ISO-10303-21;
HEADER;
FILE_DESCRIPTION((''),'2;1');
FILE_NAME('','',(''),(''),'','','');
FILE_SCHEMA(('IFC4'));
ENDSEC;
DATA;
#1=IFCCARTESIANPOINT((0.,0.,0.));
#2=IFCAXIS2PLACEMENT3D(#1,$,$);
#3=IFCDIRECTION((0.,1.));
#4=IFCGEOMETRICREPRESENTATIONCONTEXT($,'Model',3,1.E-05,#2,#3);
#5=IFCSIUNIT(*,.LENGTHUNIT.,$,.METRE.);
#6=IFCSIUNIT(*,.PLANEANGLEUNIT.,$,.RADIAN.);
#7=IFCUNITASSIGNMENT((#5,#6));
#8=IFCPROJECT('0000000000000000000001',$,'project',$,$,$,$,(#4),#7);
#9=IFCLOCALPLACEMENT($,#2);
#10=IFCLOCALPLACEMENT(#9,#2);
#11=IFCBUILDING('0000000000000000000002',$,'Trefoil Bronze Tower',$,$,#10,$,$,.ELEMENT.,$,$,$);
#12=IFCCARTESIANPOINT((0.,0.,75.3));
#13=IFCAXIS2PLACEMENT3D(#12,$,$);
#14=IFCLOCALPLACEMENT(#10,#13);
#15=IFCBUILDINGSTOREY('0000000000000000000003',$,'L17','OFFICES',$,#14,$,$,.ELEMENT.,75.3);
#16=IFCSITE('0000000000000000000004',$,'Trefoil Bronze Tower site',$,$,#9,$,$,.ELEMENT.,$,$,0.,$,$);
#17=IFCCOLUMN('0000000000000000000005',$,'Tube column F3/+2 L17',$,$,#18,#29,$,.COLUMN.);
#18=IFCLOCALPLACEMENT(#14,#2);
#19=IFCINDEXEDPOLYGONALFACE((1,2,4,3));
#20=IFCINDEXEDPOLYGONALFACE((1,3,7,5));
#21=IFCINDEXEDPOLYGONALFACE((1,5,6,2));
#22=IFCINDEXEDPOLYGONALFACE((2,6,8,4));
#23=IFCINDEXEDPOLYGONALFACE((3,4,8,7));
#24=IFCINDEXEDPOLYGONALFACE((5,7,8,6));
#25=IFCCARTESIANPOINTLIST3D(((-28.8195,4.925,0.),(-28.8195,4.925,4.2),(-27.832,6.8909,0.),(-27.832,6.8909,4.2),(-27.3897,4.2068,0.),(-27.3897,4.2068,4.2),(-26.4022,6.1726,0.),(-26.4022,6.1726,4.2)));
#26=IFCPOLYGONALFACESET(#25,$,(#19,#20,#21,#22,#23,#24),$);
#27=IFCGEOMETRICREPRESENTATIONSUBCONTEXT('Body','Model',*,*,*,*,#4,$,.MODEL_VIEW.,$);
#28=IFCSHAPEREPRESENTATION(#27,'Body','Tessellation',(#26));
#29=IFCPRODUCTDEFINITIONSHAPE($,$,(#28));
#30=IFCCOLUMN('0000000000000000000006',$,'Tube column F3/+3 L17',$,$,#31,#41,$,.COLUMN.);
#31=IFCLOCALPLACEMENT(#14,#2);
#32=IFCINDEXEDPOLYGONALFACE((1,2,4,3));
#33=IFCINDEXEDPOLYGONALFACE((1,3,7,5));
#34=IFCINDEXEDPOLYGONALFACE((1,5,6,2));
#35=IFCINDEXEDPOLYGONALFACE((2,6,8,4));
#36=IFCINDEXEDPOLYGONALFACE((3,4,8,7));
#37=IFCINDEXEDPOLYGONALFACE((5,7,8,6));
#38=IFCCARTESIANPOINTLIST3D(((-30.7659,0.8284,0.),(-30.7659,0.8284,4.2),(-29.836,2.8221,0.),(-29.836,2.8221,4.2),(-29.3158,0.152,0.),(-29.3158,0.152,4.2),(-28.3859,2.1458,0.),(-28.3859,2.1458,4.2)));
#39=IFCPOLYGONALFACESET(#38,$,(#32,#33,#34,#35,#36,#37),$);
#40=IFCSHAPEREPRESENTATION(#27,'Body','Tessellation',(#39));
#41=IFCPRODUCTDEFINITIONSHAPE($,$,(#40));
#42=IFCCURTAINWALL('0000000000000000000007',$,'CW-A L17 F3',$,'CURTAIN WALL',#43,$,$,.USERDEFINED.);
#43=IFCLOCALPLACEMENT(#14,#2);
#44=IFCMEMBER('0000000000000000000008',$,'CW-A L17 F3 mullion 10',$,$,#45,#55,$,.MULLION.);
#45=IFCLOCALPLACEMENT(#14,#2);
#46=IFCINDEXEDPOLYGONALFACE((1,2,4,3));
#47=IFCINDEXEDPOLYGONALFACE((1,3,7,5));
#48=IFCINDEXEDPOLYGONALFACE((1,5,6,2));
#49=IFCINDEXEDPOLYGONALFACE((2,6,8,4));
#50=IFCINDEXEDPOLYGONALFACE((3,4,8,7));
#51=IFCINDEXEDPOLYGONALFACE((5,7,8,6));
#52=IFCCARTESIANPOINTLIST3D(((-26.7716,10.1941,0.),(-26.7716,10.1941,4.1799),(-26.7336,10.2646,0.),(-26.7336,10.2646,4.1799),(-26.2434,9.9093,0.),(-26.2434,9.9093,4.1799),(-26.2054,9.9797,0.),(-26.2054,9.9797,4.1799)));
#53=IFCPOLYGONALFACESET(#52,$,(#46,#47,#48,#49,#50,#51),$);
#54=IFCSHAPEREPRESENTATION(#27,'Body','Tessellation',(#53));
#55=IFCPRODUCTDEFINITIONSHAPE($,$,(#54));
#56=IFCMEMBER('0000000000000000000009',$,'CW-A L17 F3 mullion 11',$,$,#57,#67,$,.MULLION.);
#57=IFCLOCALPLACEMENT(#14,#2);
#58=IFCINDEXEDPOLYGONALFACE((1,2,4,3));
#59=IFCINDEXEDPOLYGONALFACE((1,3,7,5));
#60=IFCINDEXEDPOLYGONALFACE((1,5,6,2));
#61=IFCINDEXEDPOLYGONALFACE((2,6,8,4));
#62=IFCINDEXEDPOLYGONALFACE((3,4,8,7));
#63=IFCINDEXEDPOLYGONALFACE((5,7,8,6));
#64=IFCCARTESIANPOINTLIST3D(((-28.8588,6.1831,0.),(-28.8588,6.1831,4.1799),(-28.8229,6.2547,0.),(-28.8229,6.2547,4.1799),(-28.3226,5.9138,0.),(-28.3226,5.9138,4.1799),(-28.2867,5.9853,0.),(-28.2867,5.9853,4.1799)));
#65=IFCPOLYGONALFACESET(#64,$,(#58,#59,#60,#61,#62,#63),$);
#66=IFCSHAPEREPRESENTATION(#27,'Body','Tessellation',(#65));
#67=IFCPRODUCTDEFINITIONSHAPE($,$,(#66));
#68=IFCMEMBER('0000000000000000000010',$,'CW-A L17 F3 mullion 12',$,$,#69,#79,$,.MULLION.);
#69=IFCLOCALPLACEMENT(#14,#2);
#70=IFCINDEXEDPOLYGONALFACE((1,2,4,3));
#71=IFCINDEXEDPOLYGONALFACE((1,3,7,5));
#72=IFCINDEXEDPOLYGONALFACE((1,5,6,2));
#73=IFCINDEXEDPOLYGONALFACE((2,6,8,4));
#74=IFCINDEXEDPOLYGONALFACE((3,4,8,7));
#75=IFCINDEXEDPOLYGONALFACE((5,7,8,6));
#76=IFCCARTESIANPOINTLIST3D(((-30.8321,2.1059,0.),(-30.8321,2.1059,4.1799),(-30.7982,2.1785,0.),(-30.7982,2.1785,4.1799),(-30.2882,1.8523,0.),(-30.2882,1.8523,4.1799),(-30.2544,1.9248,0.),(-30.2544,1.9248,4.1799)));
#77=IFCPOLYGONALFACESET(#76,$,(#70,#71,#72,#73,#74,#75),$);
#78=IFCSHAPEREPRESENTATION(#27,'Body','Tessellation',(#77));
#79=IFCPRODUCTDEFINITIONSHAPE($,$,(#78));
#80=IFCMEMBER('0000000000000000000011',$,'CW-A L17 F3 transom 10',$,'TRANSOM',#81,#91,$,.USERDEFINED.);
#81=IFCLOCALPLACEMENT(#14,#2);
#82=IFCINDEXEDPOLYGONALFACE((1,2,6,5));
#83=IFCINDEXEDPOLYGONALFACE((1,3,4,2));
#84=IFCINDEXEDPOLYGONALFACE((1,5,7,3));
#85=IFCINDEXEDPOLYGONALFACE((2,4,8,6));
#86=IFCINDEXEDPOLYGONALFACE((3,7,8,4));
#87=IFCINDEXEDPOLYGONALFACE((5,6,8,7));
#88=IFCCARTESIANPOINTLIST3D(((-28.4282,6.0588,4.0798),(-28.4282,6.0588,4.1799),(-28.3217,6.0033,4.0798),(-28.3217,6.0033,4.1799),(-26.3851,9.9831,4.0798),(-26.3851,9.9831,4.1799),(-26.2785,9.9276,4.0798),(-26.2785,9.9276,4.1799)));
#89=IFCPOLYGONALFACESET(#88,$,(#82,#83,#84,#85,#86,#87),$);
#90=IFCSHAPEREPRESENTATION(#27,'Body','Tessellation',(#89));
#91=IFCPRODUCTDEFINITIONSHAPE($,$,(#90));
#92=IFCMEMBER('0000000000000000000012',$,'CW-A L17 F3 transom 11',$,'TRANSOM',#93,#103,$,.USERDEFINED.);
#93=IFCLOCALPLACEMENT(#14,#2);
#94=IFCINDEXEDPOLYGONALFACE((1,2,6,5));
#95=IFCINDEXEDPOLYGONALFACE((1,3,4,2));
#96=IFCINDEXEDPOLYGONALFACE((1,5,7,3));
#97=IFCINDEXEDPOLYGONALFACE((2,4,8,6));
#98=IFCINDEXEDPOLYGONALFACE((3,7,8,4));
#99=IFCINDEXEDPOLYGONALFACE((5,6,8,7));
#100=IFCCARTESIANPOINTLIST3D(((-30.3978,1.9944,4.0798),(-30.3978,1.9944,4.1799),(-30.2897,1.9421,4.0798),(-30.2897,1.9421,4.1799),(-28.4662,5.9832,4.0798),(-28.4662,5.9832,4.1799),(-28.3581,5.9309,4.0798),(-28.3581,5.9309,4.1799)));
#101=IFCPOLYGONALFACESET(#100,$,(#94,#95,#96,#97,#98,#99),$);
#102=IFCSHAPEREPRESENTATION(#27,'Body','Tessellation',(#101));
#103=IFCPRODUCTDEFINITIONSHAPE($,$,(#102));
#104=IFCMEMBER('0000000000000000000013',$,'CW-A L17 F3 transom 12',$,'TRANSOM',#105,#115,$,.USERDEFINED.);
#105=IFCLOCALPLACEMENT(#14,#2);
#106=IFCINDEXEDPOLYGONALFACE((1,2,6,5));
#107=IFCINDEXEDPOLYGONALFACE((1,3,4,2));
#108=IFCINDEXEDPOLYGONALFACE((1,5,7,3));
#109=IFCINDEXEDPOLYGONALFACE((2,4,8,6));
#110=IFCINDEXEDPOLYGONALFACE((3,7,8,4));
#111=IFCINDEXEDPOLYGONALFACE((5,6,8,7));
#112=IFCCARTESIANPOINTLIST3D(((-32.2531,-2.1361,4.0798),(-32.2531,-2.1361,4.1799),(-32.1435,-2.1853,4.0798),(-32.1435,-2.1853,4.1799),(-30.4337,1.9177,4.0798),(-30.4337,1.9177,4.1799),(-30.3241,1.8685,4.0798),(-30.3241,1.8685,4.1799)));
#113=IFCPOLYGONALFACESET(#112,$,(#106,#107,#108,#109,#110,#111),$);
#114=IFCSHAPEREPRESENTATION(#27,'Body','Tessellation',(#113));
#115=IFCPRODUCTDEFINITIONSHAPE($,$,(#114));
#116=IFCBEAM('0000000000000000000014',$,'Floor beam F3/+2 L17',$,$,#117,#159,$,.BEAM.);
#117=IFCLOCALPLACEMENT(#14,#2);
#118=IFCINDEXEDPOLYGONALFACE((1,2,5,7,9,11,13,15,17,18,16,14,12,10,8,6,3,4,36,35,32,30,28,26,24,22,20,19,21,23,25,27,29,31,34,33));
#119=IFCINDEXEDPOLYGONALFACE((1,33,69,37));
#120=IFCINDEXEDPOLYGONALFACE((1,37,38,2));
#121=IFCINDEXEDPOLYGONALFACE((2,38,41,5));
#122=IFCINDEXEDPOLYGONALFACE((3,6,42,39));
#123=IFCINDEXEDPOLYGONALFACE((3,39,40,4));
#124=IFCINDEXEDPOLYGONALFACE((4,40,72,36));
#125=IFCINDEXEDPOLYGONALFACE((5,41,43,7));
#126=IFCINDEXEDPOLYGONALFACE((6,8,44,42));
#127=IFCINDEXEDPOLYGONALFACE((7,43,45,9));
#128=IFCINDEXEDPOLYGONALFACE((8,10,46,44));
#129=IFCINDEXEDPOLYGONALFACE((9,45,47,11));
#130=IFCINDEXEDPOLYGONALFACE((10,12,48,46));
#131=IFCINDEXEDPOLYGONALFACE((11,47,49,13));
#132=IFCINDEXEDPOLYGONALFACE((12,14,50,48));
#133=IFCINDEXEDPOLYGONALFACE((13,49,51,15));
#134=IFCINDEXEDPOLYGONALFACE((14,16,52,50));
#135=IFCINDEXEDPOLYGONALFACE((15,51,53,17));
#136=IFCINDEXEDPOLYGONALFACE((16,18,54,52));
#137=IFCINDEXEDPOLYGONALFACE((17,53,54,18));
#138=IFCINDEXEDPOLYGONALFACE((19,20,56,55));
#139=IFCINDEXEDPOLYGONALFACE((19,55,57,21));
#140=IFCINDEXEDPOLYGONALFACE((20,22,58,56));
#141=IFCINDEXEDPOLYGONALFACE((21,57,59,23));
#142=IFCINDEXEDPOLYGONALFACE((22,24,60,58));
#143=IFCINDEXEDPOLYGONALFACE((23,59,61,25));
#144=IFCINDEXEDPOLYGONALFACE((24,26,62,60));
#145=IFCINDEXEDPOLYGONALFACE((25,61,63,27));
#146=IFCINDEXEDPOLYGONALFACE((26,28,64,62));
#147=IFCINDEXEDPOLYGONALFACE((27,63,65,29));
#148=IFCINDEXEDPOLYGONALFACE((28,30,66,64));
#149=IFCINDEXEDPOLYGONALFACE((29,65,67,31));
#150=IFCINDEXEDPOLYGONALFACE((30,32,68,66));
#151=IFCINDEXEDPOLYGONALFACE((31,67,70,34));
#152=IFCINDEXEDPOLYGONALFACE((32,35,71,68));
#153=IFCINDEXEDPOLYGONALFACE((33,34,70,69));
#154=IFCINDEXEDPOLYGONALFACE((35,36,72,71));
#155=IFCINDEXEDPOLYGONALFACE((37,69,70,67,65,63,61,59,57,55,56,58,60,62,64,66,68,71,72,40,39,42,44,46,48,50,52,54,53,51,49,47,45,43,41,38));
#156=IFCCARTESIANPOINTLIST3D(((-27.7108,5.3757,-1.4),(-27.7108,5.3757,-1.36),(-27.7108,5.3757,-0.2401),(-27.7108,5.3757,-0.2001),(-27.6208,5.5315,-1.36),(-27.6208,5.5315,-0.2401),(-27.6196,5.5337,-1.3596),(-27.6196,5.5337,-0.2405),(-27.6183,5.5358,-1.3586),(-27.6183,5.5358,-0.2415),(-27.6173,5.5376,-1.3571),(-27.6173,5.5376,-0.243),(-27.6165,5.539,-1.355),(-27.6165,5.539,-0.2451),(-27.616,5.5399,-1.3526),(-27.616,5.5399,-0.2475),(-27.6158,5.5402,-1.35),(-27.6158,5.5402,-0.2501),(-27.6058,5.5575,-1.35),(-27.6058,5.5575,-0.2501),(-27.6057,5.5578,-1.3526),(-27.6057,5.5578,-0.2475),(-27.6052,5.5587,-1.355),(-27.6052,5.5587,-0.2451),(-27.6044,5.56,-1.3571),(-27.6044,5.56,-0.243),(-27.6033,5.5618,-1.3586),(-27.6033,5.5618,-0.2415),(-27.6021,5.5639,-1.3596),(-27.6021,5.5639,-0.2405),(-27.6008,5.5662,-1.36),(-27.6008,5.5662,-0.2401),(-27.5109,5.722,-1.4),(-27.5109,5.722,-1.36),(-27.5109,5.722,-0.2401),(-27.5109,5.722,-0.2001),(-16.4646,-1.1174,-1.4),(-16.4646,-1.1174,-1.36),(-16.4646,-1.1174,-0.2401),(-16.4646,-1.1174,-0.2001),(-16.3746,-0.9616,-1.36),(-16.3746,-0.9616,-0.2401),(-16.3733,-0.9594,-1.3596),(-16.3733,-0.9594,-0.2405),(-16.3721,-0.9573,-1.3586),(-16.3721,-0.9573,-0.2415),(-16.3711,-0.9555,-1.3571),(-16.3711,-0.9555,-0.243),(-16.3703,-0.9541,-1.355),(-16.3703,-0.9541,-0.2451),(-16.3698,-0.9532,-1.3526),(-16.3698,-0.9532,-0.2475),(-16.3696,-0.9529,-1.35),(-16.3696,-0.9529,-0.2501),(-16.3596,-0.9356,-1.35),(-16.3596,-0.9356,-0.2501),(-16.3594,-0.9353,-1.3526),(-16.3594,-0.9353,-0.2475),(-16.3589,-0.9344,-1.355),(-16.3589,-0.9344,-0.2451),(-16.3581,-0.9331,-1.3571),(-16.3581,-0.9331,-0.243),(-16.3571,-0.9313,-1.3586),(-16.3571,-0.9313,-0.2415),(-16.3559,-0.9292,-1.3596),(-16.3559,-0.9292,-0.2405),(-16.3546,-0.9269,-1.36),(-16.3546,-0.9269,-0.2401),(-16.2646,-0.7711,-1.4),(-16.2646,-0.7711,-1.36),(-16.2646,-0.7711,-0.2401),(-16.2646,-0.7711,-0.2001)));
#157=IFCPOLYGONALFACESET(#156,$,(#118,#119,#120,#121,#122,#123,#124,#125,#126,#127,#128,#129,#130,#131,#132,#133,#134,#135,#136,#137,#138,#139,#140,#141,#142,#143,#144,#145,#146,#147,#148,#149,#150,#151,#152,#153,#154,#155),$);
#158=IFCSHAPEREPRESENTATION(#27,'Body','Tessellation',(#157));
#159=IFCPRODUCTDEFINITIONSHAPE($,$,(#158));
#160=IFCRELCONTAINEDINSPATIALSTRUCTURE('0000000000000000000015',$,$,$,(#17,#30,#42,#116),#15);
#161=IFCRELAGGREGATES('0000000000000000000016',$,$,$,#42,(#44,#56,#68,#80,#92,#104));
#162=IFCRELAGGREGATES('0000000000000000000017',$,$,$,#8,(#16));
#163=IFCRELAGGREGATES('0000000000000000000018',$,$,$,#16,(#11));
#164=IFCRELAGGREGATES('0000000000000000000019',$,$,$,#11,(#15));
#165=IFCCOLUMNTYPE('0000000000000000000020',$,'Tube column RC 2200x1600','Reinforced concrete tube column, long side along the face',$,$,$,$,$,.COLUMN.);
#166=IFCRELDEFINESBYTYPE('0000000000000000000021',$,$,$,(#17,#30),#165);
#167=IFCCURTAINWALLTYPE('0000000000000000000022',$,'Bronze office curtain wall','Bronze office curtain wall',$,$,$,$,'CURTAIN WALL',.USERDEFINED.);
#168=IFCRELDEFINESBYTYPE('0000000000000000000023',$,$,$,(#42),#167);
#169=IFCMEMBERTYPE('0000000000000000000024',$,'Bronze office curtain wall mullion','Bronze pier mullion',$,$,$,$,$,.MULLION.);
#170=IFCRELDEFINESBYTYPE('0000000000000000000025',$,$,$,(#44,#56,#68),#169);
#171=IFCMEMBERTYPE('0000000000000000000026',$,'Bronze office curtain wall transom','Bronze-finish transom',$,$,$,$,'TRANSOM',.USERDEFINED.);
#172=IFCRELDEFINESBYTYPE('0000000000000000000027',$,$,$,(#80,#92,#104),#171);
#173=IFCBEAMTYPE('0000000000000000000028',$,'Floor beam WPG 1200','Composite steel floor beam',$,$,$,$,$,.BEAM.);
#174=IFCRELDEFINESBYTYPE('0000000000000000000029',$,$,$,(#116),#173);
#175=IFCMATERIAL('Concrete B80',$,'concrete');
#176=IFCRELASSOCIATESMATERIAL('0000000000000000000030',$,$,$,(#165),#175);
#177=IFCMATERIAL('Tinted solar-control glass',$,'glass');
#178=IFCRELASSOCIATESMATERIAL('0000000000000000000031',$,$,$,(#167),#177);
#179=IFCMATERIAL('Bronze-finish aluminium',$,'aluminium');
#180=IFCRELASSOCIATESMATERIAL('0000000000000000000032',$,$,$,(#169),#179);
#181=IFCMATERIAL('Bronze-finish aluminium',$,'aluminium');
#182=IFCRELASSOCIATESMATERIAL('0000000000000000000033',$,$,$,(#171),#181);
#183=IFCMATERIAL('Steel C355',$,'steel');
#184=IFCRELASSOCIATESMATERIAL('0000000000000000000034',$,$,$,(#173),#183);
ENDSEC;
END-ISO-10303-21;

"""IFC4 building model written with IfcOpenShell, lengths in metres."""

from ifc_helpers import new_model, si_unit, direction, frame, origin, origin_2d, place, context, subcontext, project, spatial, rectangle, i_section, extrude, material, material_profile, profile_set, type_object, element, aggregate, save


model = new_model("IFC4")

# Units and contexts
model_context = context("Model", 3, precision=1e-05, world=origin(), true_north=direction((0.0, 1.0)))
body_context = subcontext(model_context, "Body", "Model", "MODEL_VIEW")
ifc_project = project(units=[si_unit("LENGTHUNIT", "METRE"), si_unit("PLANEANGLEUNIT", "RADIAN")], contexts=[model_context])

# Site, building, storey
site_placement = place(None, origin())
site = spatial("IfcSite", under=ifc_project, at=site_placement, Name="Trefoil Bronze Tower site", CompositionType="ELEMENT", RefElevation=0.0)
building_placement = place(site_placement, origin())
building = spatial("IfcBuilding", under=site, at=building_placement, Name="Trefoil Bronze Tower", CompositionType="ELEMENT")
storey_placement = place(building_placement, frame((0.0, 0.0, 75.3)))
storey = spatial("IfcBuildingStorey", under=building, at=storey_placement, Name="L17", Description="OFFICES", CompositionType="ELEMENT", Elevation=75.3)

# Columns
ifc_material_1 = material(Name="Concrete B80", Category="concrete")
ifc_material_profile_1 = material_profile(ifc_material_1, rectangle(XDim=2.2, YDim=1.6001, at=origin_2d()), Name="RC 2200x1600")
ifc_profile_set_1 = profile_set([ifc_material_profile_1], Name="Concrete B80")
column_type = type_object("IfcColumnType", Name="Tube column RC 2200x1600", Description="Reinforced concrete tube column, long side along the face", PredefinedType="COLUMN", material=ifc_profile_set_1)
for number, where, z_axis, x_axis, name in (
    (1, (-27.6108, 5.5488, 0.0), (0.0, 0.0, 1.0), (-0.44889, -0.893587, 0.0), "Tube column F3/+2 L17"),
    (2, (-29.5759, 1.4871, 0.0), (0.0, 0.0, 1.0), (-0.422701, -0.906269, 0.0), "Tube column F3/+3 L17"),
):
    element("IfcColumn", number, at=place(storey_placement, frame(where, z_axis=z_axis, x_axis=x_axis)), inside=storey, type_object=column_type, Name=name, PredefinedType="COLUMN", context=body_context, shape_type="SweptSolid", body=[
        extrude(rectangle(XDim=2.2, YDim=1.6001, at=origin_2d()), origin(), (0.0, 0.0, 1.0), 4.2),
    ])

# Curtain wall, members
ifc_material_2 = material(Name="Tinted solar-control glass", Category="glass")
curtain_wall_type = type_object("IfcCurtainWallType", Name="Bronze office curtain wall", Description="Bronze office curtain wall", ElementType="CURTAIN WALL", PredefinedType="USERDEFINED", material=ifc_material_2)
curtain_wall_placement = place(storey_placement, origin())
curtain_wall = element("IfcCurtainWall", 3, at=curtain_wall_placement, inside=storey, type_object=curtain_wall_type, Name="CW-A L17 F3", ObjectType="CURTAIN WALL", PredefinedType="USERDEFINED")
ifc_material_3 = material(Name="Bronze-finish aluminium", Category="aluminium")
ifc_material_profile_2 = material_profile(ifc_material_3, rectangle(XDim=0.6001, YDim=0.0801, at=origin_2d()), Name="CW-A mullion")
ifc_profile_set_2 = profile_set([ifc_material_profile_2], Name="Bronze-finish aluminium")
member_type_1 = type_object("IfcMemberType", Name="Bronze office curtain wall mullion", Description="Bronze pier mullion", PredefinedType="MULLION", material=ifc_profile_set_2)
member_1_placement = place(storey_placement, frame((-26.4885, 10.0869, 0.0), z_axis=(0.0, 0.0, 1.0), x_axis=(0.880171, -0.474656, 0.0)))
member_1 = element("IfcMember", 4, at=member_1_placement, type_object=member_type_1, Name="CW-A L17 F3 mullion 10", PredefinedType="MULLION", context=body_context, shape_type="SweptSolid", body=[
    extrude(rectangle(XDim=0.6001, YDim=0.0801, at=origin_2d()), origin(), (0.0, 0.0, 1.0), 4.1799),
])
member_2_placement = place(storey_placement, frame((-28.5728, 6.0842, 0.0), z_axis=(0.0, 0.0, 1.0), x_axis=(0.893587, -0.44889, 0.0)))
member_2 = element("IfcMember", 5, at=member_2_placement, type_object=member_type_1, Name="CW-A L17 F3 mullion 11", PredefinedType="MULLION", context=body_context, shape_type="SweptSolid", body=[
    extrude(rectangle(XDim=0.6001, YDim=0.0801, at=origin_2d()), origin(), (0.0, 0.0, 1.0), 4.1799),
])
member_3_placement = place(storey_placement, frame((-30.5432, 2.0154, 0.0), z_axis=(0.0, 0.0, 1.0), x_axis=(0.906269, -0.422701, 0.0)))
member_3 = element("IfcMember", 6, at=member_3_placement, type_object=member_type_1, Name="CW-A L17 F3 mullion 12", PredefinedType="MULLION", context=body_context, shape_type="SweptSolid", body=[
    extrude(rectangle(XDim=0.6001, YDim=0.0801, at=origin_2d()), origin(), (0.0, 0.0, 1.0), 4.1799),
])
ifc_material_4 = material(Name="Bronze-finish aluminium", Category="aluminium")
ifc_material_profile_3 = material_profile(ifc_material_4, rectangle(XDim=0.1201, YDim=0.1001, at=origin_2d()), Name="CW-A transom")
ifc_profile_set_3 = profile_set([ifc_material_profile_3], Name="Bronze-finish aluminium")
member_type_2 = type_object("IfcMemberType", Name="Bronze office curtain wall transom", Description="Bronze-finish transom", ElementType="TRANSOM", PredefinedType="USERDEFINED", material=ifc_profile_set_3)
member_4_placement = place(storey_placement, frame((-26.3318, 9.9553, 4.1299), z_axis=(-0.46181, -0.886979, 0.0), x_axis=(0.886979, -0.46181, 0.0)))
member_4 = element("IfcMember", 7, at=member_4_placement, type_object=member_type_2, Name="CW-A L17 F3 transom 10", ObjectType="TRANSOM", PredefinedType="USERDEFINED", context=body_context, shape_type="SweptSolid", body=[
    extrude(rectangle(XDim=0.1201, YDim=0.1001, at=origin_2d()), origin(), (0.0, 0.0, 1.0), 4.4243),
])
member_5_placement = place(storey_placement, frame((-28.4121, 5.957, 4.1299), z_axis=(-0.435852, -0.900018, 0.0), x_axis=(0.900018, -0.435852, 0.0)))
member_5 = element("IfcMember", 8, at=member_5_placement, type_object=member_type_2, Name="CW-A L17 F3 transom 11", ObjectType="TRANSOM", PredefinedType="USERDEFINED", context=body_context, shape_type="SweptSolid", body=[
    extrude(rectangle(XDim=0.1201, YDim=0.1001, at=origin_2d()), origin(), (0.0, 0.0, 1.0), 4.4319),
])
member_6_placement = place(storey_placement, frame((-30.3789, 1.8931, 4.1299), z_axis=(-0.40946, -0.912328, 0.0), x_axis=(0.912328, -0.40946, 0.0)))
member_6 = element("IfcMember", 9, at=member_6_placement, type_object=member_type_2, Name="CW-A L17 F3 transom 12", ObjectType="TRANSOM", PredefinedType="USERDEFINED", context=body_context, shape_type="SweptSolid", body=[
    extrude(rectangle(XDim=0.1201, YDim=0.1001, at=origin_2d()), origin(), (0.0, 0.0, 1.0), 4.4434),
])

# Beam
ifc_material_5 = material(Name="Steel C355", Category="steel")
ifc_material_profile_4 = material_profile(ifc_material_5, i_section(OverallWidth=0.3999, OverallDepth=1.2, WebThickness=0.02, FlangeThickness=0.04, FilletRadius=0.01, at=origin_2d()), Name="WPG 1200")
ifc_profile_set_4 = profile_set([ifc_material_profile_4], Name="Steel C355")
beam_type_1 = type_object("IfcBeamType", Name="Floor beam WPG 1200", Description="Composite steel floor beam", PredefinedType="BEAM", material=ifc_profile_set_4)
beam_1_placement = place(storey_placement, frame((-27.6108, 5.5488, -0.8), z_axis=(0.866022, -0.500005, 0.0), x_axis=(0.500005, 0.866022, 0.0)))
element("IfcBeam", 10, at=beam_1_placement, inside=storey, type_object=beam_type_1, Name="Floor beam F3/+2 L17", PredefinedType="BEAM", context=body_context, shape_type="SweptSolid", body=[
    extrude(i_section(OverallWidth=0.3999, OverallDepth=1.2, WebThickness=0.02, FlangeThickness=0.04, FilletRadius=0.01, at=origin_2d()), origin(), (0.0, 0.0, 1.0), 12.9861),
])

aggregate(curtain_wall, [member_1, member_2, member_3, member_4, member_5, member_6])

save(model, "model.ifc")
